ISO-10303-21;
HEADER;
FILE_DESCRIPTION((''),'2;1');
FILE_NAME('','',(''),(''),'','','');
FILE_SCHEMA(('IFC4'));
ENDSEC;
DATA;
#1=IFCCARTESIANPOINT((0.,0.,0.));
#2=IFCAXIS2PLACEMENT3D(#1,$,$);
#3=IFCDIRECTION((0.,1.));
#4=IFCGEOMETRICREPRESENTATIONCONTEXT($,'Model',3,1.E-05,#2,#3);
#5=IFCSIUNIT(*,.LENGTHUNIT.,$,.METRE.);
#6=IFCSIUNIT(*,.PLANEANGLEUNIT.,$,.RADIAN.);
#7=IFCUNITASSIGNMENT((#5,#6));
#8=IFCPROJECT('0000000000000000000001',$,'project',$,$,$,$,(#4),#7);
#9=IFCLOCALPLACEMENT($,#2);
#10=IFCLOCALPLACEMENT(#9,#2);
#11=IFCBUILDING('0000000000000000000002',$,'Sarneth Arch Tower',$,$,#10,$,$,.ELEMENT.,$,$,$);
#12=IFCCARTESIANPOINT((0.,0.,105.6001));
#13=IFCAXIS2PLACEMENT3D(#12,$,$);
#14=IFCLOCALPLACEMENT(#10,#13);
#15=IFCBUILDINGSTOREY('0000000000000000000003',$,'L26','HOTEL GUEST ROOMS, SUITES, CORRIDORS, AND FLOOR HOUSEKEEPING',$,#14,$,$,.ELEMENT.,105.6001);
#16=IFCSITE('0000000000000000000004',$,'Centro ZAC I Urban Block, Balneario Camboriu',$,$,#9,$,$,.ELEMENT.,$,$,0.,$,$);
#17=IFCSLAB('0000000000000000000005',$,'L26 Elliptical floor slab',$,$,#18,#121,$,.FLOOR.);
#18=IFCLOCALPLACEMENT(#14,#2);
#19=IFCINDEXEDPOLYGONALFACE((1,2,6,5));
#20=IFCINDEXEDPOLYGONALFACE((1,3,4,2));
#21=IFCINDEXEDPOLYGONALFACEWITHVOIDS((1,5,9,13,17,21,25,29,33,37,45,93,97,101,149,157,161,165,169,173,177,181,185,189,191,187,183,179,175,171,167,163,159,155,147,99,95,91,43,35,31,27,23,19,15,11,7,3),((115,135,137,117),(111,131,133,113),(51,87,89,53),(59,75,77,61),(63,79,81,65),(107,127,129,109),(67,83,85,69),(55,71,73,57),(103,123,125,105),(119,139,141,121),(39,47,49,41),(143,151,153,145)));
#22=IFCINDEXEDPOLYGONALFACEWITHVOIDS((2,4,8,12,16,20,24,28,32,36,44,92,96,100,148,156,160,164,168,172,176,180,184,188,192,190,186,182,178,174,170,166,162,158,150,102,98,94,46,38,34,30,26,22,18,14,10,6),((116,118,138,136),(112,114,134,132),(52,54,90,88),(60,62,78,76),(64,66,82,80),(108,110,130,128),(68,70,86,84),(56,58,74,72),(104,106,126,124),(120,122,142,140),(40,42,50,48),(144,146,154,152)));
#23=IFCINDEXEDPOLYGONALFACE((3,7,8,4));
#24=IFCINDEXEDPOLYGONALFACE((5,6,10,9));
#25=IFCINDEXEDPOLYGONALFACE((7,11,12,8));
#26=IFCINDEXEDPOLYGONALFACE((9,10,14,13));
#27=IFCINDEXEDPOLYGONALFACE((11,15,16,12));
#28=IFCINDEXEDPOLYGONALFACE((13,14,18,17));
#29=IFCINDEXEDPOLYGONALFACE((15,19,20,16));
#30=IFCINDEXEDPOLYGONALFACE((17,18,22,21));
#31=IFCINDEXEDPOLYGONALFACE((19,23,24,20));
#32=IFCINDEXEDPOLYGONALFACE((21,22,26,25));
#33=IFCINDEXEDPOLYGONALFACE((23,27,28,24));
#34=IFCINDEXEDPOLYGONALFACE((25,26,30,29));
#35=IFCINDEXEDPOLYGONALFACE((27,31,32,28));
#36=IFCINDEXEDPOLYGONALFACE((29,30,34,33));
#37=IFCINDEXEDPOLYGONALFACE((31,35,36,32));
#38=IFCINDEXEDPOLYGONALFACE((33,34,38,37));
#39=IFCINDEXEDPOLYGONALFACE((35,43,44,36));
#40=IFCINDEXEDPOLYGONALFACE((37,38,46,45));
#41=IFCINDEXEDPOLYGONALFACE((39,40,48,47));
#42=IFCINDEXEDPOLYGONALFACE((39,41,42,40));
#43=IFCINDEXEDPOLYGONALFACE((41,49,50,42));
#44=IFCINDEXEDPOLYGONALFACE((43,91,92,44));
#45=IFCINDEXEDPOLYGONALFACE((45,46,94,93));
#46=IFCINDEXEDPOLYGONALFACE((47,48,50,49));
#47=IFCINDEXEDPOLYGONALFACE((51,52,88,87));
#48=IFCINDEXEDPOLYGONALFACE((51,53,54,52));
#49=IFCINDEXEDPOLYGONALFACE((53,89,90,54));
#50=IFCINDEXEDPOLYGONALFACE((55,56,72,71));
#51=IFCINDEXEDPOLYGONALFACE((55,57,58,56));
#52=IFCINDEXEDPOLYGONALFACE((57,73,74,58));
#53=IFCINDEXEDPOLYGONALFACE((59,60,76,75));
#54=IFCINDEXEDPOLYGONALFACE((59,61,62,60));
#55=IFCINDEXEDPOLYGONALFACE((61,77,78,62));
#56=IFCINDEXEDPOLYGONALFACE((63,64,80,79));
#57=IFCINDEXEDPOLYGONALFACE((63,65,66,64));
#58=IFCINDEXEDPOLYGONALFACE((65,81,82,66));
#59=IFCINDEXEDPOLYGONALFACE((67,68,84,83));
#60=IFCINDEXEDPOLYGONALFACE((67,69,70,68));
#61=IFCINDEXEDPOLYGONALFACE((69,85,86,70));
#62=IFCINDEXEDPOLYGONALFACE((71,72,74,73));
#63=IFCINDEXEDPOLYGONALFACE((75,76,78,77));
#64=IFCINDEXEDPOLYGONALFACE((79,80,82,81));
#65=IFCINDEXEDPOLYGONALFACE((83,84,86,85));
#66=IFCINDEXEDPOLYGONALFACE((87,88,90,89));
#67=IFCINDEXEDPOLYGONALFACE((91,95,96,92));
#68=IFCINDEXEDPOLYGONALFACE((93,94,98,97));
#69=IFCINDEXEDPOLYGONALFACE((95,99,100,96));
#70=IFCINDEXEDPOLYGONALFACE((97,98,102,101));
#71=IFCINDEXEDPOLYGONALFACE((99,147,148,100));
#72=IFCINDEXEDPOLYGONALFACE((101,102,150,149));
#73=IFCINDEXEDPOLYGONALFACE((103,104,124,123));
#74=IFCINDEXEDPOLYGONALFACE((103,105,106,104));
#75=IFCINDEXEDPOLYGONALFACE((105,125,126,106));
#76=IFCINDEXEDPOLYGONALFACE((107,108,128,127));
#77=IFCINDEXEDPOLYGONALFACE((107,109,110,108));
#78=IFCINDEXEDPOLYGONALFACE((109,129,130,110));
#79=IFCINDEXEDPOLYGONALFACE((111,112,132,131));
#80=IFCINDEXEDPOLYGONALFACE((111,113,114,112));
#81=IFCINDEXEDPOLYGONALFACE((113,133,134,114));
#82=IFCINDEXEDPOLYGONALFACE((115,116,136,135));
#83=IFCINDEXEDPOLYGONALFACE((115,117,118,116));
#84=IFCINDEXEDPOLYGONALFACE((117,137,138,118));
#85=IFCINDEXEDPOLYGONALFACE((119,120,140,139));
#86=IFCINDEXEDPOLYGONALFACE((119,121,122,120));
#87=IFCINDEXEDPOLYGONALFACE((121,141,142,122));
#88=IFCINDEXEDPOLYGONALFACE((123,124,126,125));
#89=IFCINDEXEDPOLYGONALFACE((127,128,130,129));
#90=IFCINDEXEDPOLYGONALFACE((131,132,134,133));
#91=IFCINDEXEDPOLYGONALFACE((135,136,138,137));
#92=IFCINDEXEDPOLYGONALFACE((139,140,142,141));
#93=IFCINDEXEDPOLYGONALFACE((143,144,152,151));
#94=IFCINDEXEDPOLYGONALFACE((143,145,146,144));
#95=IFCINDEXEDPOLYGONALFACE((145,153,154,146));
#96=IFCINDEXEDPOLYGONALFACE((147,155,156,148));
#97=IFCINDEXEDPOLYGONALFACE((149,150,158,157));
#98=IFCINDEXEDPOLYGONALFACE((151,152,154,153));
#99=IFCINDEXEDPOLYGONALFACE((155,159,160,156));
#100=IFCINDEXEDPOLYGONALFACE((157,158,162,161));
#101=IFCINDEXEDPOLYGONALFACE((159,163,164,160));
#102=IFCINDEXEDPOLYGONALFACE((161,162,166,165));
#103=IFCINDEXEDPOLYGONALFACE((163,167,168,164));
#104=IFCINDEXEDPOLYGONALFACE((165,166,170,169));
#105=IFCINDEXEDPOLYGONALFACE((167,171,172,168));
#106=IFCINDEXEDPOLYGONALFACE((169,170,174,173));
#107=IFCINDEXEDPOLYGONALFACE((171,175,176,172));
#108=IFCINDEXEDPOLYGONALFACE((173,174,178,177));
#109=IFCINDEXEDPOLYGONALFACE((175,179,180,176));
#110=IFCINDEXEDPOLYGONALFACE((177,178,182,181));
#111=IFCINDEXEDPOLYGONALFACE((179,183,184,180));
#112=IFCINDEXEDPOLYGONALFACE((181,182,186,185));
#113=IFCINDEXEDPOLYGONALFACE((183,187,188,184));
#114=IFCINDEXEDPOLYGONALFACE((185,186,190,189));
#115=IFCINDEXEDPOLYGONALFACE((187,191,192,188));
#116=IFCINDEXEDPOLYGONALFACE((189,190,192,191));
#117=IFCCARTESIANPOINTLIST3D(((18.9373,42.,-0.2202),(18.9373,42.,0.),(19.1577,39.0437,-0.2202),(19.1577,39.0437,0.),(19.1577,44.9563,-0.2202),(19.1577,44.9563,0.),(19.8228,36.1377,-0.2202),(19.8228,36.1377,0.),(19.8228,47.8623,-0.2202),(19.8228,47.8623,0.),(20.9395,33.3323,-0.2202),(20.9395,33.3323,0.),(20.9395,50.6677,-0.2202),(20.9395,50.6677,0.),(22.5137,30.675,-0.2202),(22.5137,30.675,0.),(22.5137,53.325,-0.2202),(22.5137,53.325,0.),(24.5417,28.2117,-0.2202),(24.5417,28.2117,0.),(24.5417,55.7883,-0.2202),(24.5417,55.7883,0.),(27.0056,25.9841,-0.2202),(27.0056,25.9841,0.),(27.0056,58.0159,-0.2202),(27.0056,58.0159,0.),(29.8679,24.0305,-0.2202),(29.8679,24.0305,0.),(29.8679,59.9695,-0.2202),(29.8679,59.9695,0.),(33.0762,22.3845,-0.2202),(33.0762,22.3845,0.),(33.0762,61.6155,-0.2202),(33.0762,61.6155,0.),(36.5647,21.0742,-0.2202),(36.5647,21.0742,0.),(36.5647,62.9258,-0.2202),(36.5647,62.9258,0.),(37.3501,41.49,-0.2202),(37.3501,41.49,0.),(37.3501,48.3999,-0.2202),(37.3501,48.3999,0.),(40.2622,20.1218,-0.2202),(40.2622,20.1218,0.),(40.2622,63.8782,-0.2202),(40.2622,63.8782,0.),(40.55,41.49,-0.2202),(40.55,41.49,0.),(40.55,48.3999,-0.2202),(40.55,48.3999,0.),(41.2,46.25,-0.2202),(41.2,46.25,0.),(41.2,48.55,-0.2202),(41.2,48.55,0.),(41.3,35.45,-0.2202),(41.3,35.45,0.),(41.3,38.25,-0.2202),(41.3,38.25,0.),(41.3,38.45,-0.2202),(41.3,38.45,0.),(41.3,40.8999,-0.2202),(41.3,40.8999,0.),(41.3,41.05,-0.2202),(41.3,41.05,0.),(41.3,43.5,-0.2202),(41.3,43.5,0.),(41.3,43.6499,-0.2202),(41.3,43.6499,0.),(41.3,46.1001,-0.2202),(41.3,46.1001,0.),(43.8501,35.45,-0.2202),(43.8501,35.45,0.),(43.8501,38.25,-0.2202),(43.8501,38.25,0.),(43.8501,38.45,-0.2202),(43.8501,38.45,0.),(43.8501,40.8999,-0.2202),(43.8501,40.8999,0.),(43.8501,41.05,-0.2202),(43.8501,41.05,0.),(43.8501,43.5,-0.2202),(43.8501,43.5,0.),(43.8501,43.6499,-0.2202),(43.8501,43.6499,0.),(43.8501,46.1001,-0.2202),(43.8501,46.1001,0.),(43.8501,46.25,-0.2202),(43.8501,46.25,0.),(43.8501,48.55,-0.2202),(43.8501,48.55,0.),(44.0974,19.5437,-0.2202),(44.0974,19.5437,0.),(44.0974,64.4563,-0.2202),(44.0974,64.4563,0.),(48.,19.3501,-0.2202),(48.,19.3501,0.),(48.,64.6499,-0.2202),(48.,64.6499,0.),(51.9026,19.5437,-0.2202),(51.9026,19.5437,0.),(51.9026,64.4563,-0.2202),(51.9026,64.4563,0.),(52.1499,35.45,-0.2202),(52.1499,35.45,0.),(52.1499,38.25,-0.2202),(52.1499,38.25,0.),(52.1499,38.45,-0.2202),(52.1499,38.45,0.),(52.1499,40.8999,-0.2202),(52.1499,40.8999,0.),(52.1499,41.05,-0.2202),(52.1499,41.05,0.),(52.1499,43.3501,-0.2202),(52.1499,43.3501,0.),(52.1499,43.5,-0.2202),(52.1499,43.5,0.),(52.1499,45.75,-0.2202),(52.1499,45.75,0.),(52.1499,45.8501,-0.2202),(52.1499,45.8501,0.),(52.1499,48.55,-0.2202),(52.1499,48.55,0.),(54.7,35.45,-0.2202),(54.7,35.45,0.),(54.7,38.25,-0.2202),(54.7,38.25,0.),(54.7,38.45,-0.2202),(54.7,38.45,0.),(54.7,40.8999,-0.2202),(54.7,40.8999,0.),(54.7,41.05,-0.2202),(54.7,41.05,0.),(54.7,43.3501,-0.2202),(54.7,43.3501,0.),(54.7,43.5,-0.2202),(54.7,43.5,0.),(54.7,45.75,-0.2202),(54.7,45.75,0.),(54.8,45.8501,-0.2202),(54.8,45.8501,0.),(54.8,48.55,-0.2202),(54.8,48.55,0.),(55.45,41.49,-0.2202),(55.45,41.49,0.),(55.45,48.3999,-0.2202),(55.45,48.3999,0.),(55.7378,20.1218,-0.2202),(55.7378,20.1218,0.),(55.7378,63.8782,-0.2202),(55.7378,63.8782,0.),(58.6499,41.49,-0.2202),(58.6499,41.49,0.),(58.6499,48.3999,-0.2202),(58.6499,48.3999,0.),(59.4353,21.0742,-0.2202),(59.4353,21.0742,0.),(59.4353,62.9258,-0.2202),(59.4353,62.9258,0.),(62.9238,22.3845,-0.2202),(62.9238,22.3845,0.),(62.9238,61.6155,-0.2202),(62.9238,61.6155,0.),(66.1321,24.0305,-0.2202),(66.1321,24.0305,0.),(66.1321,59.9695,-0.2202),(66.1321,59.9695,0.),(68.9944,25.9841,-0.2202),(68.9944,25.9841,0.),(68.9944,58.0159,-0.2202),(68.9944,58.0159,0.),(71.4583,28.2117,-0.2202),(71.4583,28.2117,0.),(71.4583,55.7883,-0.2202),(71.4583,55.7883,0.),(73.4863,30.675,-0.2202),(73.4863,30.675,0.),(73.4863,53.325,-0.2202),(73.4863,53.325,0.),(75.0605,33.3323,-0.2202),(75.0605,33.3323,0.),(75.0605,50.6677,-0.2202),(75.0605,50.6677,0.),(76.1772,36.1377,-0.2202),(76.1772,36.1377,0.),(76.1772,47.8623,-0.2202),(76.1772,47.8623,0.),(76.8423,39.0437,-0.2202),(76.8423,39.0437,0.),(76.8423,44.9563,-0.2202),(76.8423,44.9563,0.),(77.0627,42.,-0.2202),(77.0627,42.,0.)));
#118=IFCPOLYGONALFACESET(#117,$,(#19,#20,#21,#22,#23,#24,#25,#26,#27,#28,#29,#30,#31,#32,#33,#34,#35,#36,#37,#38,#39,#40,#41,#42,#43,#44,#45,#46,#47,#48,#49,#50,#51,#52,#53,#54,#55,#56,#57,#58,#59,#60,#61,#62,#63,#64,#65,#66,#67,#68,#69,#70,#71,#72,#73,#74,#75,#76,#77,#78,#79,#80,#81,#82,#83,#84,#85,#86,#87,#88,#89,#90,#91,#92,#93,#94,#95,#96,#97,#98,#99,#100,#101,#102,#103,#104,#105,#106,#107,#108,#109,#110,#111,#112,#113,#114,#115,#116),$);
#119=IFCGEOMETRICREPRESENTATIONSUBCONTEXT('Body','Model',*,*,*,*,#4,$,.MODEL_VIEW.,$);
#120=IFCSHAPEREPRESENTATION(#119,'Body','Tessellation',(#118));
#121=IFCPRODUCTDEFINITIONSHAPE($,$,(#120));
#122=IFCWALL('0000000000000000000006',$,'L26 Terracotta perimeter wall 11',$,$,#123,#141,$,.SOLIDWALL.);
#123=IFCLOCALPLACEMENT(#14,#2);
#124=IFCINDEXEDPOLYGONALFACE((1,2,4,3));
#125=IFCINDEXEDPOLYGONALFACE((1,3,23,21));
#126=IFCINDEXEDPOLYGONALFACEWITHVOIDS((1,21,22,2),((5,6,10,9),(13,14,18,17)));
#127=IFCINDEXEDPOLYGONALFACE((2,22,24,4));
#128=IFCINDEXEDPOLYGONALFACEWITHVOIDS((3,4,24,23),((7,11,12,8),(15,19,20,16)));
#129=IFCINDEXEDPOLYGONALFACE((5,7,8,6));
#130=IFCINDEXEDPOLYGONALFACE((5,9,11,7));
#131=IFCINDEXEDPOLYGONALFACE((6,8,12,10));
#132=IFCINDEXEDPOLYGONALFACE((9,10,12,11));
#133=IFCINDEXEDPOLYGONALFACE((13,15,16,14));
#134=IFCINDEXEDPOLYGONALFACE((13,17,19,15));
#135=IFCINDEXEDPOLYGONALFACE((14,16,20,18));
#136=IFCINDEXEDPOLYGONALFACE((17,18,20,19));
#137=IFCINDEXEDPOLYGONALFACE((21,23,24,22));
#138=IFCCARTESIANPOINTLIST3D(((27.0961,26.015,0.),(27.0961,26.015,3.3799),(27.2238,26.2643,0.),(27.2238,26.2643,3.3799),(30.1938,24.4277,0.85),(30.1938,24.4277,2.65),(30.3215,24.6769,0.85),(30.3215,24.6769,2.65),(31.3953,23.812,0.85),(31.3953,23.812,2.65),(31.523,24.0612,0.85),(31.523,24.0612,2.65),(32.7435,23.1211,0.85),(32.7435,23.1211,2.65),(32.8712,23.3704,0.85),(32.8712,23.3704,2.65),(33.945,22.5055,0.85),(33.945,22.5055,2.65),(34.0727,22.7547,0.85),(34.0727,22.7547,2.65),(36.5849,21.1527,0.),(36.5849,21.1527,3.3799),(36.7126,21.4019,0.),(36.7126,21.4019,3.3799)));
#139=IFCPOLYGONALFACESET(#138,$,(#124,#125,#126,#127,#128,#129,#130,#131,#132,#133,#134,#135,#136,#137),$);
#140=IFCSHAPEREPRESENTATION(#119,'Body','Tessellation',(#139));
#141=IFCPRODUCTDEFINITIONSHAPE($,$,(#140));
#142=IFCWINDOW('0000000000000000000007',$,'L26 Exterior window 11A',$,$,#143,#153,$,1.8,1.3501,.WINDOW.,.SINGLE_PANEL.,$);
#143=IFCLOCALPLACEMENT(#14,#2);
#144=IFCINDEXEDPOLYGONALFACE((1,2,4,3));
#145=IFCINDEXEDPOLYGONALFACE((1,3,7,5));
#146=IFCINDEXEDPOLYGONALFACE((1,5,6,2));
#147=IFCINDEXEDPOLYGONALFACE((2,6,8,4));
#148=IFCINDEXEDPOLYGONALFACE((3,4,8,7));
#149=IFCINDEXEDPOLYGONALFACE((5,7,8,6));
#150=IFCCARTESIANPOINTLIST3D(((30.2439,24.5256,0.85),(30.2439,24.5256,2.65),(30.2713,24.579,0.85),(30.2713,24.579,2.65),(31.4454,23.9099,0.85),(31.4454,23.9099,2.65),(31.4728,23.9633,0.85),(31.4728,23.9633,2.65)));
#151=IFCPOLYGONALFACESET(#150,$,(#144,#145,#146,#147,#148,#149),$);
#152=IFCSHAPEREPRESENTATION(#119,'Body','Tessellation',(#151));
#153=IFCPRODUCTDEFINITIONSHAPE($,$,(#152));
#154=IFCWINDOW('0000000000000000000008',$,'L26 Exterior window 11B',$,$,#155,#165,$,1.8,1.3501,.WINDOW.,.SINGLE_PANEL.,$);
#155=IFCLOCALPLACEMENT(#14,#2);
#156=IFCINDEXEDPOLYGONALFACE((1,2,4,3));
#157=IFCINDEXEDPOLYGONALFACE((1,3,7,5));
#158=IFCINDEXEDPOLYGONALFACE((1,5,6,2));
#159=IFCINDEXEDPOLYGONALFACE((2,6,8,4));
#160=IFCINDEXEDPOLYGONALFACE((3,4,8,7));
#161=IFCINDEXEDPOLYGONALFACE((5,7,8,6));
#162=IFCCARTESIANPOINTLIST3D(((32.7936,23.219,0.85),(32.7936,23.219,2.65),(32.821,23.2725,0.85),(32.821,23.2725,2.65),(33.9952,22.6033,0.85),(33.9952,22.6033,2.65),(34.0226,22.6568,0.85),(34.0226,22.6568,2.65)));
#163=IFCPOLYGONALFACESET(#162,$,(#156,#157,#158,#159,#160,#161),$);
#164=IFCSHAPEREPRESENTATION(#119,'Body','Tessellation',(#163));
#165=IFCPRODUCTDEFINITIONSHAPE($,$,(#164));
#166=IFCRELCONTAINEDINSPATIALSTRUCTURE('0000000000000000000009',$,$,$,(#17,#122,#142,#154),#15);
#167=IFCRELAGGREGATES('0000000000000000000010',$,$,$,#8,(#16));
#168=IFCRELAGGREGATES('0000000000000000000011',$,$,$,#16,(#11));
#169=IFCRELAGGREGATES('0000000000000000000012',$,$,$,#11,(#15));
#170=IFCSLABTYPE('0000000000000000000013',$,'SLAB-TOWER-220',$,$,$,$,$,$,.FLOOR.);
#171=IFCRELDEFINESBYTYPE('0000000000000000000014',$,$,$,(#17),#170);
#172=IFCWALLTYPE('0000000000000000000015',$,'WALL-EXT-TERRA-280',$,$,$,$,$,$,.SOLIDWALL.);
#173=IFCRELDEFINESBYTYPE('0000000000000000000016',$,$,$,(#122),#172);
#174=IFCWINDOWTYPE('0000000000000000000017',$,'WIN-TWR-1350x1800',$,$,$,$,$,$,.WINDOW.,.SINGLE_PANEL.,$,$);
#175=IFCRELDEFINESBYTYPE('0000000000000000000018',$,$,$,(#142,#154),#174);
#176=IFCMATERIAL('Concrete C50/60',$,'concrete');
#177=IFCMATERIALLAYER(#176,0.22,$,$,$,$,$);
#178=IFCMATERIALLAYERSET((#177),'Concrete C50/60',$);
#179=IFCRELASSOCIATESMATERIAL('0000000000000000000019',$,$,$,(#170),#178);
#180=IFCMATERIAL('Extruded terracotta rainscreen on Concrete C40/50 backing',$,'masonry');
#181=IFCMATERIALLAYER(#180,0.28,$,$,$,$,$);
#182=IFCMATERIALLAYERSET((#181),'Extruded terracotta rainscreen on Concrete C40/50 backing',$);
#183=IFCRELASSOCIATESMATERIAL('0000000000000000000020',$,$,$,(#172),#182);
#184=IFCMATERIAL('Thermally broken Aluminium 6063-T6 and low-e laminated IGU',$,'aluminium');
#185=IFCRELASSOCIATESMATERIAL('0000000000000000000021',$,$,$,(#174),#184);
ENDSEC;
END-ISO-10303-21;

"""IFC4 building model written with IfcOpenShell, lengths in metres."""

from ifc_helpers import new_model, si_unit, direction, frame, frame_2d, origin, place, context, subcontext, project, spatial, polyline, rectangle, outline, extrude, material, layer, layer_set, type_object, element, fill, save


model = new_model("IFC4")

# Units and contexts
model_context = context("Model", 3, precision=1e-05, world=origin(), true_north=direction((0.0, 1.0)))
body_context = subcontext(model_context, "Body", "Model", "MODEL_VIEW")
ifc_project = project(units=[si_unit("LENGTHUNIT", "METRE"), si_unit("PLANEANGLEUNIT", "RADIAN")], contexts=[model_context])

# Site, building, storey
site_placement = place(None, origin())
site = spatial("IfcSite", under=ifc_project, at=site_placement, Name="Centro ZAC I Urban Block, Balneario Camboriu", CompositionType="ELEMENT", RefElevation=0.0)
building_placement = place(site_placement, origin())
building = spatial("IfcBuilding", under=site, at=building_placement, Name="Sarneth Arch Tower", CompositionType="ELEMENT")
storey_placement = place(building_placement, frame((0.0, 0.0, 105.6001)))
storey = spatial("IfcBuildingStorey", under=building, at=storey_placement, Name="L26", Description="HOTEL GUEST ROOMS, SUITES, CORRIDORS, AND FLOOR HOUSEKEEPING", CompositionType="ELEMENT", Elevation=105.6001)

# Slab
ifc_material_1 = material(Name="Concrete C50/60", Category="concrete")
ifc_layer_1 = layer(ifc_material_1, 0.22)
ifc_layer_set_1 = layer_set([ifc_layer_1], Name="Concrete C50/60")
slab_type_1 = type_object("IfcSlabType", Name="SLAB-TOWER-220", PredefinedType="FLOOR", material=ifc_layer_set_1)
slab_1_placement = place(storey_placement, frame((0.0, 0.0, -0.2202)))
element("IfcSlab", 1, at=slab_1_placement, inside=storey, type_object=slab_type_1, Name="L26 Elliptical floor slab", PredefinedType="FLOOR", context=body_context, shape_type="SweptSolid", body=[
    extrude(outline(polyline([(77.0627, 42.0), (76.8423, 44.9563), (76.1772, 47.8623), (75.0605, 50.6677), (73.4863, 53.325), (71.4583, 55.7883), (68.9944, 58.0159), (66.1321, 59.9695), (62.9238, 61.6155), (59.4353, 62.9258), (55.7378, 63.8782), (51.9026, 64.4563), (48.0, 64.6499), (44.0974, 64.4563), (40.2622, 63.8782), (36.5647, 62.9258), (33.0762, 61.6155), (29.8679, 59.9695), (27.0056, 58.0159), (24.5417, 55.7883), (22.5137, 53.325), (20.9395, 50.6677), (19.8228, 47.8623), (19.1577, 44.9563), (18.9373, 42.0), (19.1577, 39.0437), (19.8228, 36.1377), (20.9395, 33.3323), (22.5137, 30.675), (24.5417, 28.2117), (27.0056, 25.9841), (29.8679, 24.0305), (33.0762, 22.3845), (36.5647, 21.0742), (40.2622, 20.1218), (44.0974, 19.5437), (48.0, 19.3501), (51.9026, 19.5437), (55.7378, 20.1218), (59.4353, 21.0742), (62.9238, 22.3845), (66.1321, 24.0305), (68.9944, 25.9841), (71.4583, 28.2117), (73.4863, 30.675), (75.0605, 33.3323), (76.1772, 36.1377), (76.8423, 39.0437), (77.0627, 42.0)]), holes=[polyline([(37.3501, 41.49), (40.55, 41.49), (40.55, 48.3999), (37.3501, 48.3999), (37.3501, 41.49)]), polyline([(55.45, 41.49), (58.6499, 41.49), (58.6499, 48.3999), (55.45, 48.3999), (55.45, 41.49)]), polyline([(41.2, 46.25), (43.8501, 46.25), (43.8501, 48.55), (41.2, 48.55), (41.2, 46.25)]), polyline([(41.3, 35.45), (43.8501, 35.45), (43.8501, 38.25), (41.3, 38.25), (41.3, 35.45)]), polyline([(52.1499, 35.45), (54.7, 35.45), (54.7, 38.25), (52.1499, 38.25), (52.1499, 35.45)]), polyline([(52.1499, 45.8501), (54.8, 45.8501), (54.8, 48.55), (52.1499, 48.55), (52.1499, 45.8501)]), polyline([(41.3, 38.45), (43.8501, 38.45), (43.8501, 40.8999), (41.3, 40.8999), (41.3, 38.45)]), polyline([(41.3, 41.05), (43.8501, 41.05), (43.8501, 43.5), (41.3, 43.5), (41.3, 41.05)]), polyline([(41.3, 43.6499), (43.8501, 43.6499), (43.8501, 46.1001), (41.3, 46.1001), (41.3, 43.6499)]), polyline([(52.1499, 38.45), (54.7, 38.45), (54.7, 40.8999), (52.1499, 40.8999), (52.1499, 38.45)]), polyline([(52.1499, 41.05), (54.7, 41.05), (54.7, 43.3501), (52.1499, 43.3501), (52.1499, 41.05)]), polyline([(52.1499, 43.5), (54.7, 43.5), (54.7, 45.75), (52.1499, 45.75), (52.1499, 43.5)])]), origin(), (0.0, 0.0, 1.0), 0.2202),
])

# Wall, openings, windows
ifc_material_2 = material(Name="Extruded terracotta rainscreen on Concrete C40/50 backing", Category="masonry")
ifc_layer_2 = layer(ifc_material_2, 0.28)
ifc_layer_set_2 = layer_set([ifc_layer_2], Name="Extruded terracotta rainscreen on Concrete C40/50 backing")
wall_type_1 = type_object("IfcWallType", Name="WALL-EXT-TERRA-280", PredefinedType="SOLIDWALL", material=ifc_layer_set_2)
wall_1_placement = place(storey_placement, frame((27.1599, 26.1396, 0.0), z_axis=(0.0, 0.0, 1.0), x_axis=(0.88996, -0.45604, 0.0)))
wall_1 = element("IfcWall", 2, at=wall_1_placement, inside=storey, type_object=wall_type_1, Name="L26 Terracotta perimeter wall 11", PredefinedType="SOLIDWALL", context=body_context, shape_type="SweptSolid", body=[
    extrude(rectangle(XDim=10.6621, YDim=0.28, at=frame_2d((5.3311, 0.0))), origin(), (0.0, 0.0, 1.0), 3.3799),
])
opening_1_placement = place(wall_1_placement, frame((3.4807, 0.0, 0.8501)))
opening_1 = element("IfcOpeningElement", 3, at=opening_1_placement, cuts=wall_1, PredefinedType="OPENING", context=body_context, shape_type="SweptSolid", body=[
    extrude(rectangle(XDim=1.3501, YDim=1.8, at=frame_2d((0.675, 0.8999))), frame((0.0, 0.1499, 0.0), z_axis=(0.0, -1.0, 0.0), x_axis=(1.0, 0.0, 0.0)), (0.0, 0.0, 1.0), 0.3),
])
opening_2_placement = place(wall_1_placement, frame((6.3457, 0.0, 0.8501)))
opening_2 = element("IfcOpeningElement", 4, at=opening_2_placement, cuts=wall_1, PredefinedType="OPENING", context=body_context, shape_type="SweptSolid", body=[
    extrude(rectangle(XDim=1.3501, YDim=1.8, at=frame_2d((0.675, 0.8999))), frame((0.0, 0.1499, 0.0), z_axis=(0.0, -1.0, 0.0), x_axis=(1.0, 0.0, 0.0)), (0.0, 0.0, 1.0), 0.3),
])
ifc_material_3 = material(Name="Thermally broken Aluminium 6063-T6 and low-e laminated IGU", Category="aluminium")
window_type = type_object("IfcWindowType", Name="WIN-TWR-1350x1800", PartitioningType="SINGLE_PANEL", PredefinedType="WINDOW", material=ifc_material_3)
window_1_placement = place(opening_1_placement, origin())
window_1 = element("IfcWindow", 5, at=window_1_placement, inside=storey, type_object=window_type, Name="L26 Exterior window 11A", OverallHeight=1.8, OverallWidth=1.3501, PartitioningType="SINGLE_PANEL", PredefinedType="WINDOW", context=body_context, shape_type="SweptSolid", body=[
    extrude(rectangle(XDim=1.3501, YDim=1.8, at=frame_2d((0.675, 0.8999))), frame((0.0, 0.03, 0.0), z_axis=(0.0, -1.0, 0.0), x_axis=(1.0, 0.0, 0.0)), (0.0, 0.0, 1.0), 0.0601),
])
fill(opening_1, window_1)
window_2_placement = place(opening_2_placement, origin())
window_2 = element("IfcWindow", 6, at=window_2_placement, inside=storey, type_object=window_type, Name="L26 Exterior window 11B", OverallHeight=1.8, OverallWidth=1.3501, PartitioningType="SINGLE_PANEL", PredefinedType="WINDOW", context=body_context, shape_type="SweptSolid", body=[
    extrude(rectangle(XDim=1.3501, YDim=1.8, at=frame_2d((0.675, 0.8999))), frame((0.0, 0.03, 0.0), z_axis=(0.0, -1.0, 0.0), x_axis=(1.0, 0.0, 0.0)), (0.0, 0.0, 1.0), 0.0601),
])
fill(opening_2, window_2)

save(model, "model.ifc")
